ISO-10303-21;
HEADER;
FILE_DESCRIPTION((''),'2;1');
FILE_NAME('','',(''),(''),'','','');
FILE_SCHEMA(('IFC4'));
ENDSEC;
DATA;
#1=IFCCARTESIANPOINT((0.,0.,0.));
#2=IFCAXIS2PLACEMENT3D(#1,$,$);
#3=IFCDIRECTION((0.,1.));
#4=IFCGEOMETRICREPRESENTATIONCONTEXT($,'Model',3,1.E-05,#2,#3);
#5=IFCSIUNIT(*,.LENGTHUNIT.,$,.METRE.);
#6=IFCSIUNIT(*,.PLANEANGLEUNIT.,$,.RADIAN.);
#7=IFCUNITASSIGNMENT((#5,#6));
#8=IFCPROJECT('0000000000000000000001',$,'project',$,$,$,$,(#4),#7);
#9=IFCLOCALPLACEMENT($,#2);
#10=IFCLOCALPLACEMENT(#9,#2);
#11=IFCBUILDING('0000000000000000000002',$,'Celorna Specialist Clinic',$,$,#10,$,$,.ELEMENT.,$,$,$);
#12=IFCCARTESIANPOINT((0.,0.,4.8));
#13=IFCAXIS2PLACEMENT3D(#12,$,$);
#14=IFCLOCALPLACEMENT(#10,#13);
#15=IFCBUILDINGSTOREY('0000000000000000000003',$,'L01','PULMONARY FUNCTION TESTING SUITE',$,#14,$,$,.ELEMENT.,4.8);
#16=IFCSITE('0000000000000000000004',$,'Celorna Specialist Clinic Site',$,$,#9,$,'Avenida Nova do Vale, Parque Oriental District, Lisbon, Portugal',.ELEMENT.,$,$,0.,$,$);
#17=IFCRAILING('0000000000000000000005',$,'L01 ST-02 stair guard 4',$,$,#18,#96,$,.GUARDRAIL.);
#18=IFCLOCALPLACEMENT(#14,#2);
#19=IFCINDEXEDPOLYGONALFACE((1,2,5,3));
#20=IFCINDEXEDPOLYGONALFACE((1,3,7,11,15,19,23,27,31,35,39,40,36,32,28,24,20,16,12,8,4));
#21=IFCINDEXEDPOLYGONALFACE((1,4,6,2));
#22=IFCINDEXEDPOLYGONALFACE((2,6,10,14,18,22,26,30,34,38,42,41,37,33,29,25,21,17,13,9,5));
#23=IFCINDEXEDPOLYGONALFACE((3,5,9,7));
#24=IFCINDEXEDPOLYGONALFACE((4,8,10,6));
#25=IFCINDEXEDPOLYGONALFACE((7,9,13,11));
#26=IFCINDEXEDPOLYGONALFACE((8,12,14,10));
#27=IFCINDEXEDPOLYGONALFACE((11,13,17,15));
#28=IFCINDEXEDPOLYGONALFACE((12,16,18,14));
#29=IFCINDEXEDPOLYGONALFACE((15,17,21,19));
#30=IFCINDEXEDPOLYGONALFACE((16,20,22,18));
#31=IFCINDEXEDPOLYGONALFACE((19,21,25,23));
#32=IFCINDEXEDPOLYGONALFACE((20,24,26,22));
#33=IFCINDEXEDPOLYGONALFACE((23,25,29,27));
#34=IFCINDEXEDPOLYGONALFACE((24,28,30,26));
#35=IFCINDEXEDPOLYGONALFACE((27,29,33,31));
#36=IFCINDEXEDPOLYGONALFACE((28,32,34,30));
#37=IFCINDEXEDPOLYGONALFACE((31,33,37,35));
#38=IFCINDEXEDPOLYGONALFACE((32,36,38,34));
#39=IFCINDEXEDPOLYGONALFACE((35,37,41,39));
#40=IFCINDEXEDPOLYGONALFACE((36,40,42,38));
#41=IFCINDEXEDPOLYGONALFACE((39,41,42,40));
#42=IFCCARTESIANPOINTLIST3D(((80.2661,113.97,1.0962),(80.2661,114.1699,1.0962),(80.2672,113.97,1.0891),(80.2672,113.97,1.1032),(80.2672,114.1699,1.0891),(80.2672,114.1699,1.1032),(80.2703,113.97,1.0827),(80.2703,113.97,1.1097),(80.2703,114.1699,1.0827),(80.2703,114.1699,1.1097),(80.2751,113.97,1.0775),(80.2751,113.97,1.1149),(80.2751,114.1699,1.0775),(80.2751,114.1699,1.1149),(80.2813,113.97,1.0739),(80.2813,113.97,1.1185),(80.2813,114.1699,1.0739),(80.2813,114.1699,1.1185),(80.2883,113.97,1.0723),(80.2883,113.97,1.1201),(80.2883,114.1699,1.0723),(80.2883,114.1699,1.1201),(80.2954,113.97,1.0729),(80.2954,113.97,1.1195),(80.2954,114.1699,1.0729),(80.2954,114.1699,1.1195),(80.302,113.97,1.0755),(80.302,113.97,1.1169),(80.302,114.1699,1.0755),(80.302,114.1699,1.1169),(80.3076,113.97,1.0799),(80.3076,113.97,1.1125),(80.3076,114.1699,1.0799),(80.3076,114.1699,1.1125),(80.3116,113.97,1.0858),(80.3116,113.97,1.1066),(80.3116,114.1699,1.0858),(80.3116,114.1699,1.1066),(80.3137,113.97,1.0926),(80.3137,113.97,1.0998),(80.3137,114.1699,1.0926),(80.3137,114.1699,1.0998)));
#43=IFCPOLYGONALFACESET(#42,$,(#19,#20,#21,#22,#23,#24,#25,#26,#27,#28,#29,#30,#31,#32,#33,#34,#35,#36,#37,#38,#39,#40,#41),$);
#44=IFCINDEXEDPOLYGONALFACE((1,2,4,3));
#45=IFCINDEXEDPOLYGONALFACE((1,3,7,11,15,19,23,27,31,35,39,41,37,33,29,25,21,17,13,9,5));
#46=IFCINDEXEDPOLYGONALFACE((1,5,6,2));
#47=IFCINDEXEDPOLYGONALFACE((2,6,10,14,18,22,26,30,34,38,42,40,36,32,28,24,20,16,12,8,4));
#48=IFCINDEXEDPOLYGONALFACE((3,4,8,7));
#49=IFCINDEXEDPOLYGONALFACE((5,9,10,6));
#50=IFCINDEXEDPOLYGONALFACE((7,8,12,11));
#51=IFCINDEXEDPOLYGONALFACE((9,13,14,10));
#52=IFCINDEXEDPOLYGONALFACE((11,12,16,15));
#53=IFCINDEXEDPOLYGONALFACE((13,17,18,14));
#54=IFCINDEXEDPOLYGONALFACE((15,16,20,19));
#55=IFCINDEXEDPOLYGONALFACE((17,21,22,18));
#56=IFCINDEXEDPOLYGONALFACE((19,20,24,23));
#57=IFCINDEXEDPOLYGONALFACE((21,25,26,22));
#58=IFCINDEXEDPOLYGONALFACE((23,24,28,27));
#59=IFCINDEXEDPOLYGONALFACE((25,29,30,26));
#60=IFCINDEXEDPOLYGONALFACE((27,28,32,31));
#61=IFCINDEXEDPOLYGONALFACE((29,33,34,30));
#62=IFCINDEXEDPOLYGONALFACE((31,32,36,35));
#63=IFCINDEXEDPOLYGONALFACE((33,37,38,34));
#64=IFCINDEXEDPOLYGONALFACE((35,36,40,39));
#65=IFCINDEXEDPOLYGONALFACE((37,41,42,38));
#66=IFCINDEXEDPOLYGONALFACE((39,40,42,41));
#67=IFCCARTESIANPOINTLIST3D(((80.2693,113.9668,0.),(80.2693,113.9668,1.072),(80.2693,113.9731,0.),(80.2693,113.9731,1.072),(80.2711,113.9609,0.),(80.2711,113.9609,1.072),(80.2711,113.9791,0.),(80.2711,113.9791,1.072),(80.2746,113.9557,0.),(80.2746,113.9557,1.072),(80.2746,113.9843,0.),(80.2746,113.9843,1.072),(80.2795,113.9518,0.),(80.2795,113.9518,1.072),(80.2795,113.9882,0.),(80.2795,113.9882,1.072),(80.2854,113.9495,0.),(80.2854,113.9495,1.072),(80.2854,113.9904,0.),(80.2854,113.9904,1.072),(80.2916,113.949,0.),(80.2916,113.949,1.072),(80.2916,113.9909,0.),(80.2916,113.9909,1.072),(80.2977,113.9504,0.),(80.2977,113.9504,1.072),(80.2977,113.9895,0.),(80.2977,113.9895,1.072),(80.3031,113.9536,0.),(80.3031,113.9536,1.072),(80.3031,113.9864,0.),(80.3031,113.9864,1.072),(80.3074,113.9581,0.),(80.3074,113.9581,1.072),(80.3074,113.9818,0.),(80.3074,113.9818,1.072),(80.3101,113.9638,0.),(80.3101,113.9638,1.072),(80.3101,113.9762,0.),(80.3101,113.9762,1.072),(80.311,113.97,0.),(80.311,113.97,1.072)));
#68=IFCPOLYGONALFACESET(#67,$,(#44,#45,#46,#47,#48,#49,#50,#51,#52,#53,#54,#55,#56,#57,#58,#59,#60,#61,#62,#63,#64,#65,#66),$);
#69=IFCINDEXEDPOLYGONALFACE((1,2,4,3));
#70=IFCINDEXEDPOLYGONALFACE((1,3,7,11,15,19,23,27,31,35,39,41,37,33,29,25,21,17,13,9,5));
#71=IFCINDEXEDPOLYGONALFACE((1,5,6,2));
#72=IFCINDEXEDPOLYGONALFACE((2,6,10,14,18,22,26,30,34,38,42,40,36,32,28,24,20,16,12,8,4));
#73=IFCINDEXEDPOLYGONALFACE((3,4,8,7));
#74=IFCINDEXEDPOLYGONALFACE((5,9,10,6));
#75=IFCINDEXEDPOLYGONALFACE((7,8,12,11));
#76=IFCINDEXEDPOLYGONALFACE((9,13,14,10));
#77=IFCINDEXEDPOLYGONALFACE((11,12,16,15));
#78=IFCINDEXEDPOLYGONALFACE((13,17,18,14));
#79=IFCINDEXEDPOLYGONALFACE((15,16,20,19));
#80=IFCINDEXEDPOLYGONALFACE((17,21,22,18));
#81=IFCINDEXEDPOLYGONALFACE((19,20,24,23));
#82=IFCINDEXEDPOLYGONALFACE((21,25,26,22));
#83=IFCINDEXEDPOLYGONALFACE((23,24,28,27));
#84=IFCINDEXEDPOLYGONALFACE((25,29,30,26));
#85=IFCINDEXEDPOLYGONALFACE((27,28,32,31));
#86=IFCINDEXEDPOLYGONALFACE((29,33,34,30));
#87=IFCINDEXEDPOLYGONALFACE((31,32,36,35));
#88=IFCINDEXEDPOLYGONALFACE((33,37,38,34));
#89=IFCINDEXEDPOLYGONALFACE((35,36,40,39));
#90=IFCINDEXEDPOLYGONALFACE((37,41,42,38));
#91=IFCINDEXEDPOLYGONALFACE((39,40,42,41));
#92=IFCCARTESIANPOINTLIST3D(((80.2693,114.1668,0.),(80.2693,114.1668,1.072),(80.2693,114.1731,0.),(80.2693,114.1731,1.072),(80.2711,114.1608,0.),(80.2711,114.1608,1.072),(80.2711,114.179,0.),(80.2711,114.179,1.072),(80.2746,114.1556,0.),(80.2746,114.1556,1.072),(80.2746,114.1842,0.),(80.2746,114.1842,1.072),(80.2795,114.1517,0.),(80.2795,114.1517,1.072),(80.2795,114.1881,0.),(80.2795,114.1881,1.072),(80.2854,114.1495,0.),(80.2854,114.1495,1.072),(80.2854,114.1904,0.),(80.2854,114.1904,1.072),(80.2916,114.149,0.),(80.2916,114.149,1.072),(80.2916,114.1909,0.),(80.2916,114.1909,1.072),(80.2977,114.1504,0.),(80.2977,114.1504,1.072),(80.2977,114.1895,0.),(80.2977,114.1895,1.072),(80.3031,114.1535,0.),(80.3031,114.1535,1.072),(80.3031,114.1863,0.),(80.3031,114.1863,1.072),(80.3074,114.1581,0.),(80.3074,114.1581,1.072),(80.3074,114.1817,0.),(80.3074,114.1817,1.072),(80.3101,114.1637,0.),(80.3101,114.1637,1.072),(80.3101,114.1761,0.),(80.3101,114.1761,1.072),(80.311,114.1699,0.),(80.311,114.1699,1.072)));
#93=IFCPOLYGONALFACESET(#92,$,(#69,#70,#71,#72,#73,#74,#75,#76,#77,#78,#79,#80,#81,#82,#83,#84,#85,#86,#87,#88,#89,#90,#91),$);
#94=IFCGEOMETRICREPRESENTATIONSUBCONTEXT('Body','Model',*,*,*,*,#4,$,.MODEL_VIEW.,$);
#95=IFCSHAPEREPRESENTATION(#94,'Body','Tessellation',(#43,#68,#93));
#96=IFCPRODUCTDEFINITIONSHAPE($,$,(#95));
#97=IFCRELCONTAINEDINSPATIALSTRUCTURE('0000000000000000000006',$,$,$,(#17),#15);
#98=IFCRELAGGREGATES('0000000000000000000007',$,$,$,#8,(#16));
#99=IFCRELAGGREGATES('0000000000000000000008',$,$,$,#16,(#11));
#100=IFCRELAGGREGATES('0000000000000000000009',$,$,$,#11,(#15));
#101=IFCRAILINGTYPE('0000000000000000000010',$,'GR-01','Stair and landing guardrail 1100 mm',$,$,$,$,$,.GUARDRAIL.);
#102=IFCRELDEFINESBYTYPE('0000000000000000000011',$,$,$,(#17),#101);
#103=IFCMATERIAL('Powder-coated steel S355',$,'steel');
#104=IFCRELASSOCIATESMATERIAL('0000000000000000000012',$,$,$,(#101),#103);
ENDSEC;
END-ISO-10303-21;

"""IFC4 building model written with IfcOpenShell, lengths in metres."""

from ifc_helpers import new_model, si_unit, direction, frame, origin, origin_2d, place, context, subcontext, project, spatial, circle, extrude, material, type_object, element, save


model = new_model("IFC4")

# Units and contexts
model_context = context("Model", 3, precision=1e-05, world=origin(), true_north=direction((0.0, 1.0)))
body_context = subcontext(model_context, "Body", "Model", "MODEL_VIEW")
ifc_project = project(units=[si_unit("LENGTHUNIT", "METRE"), si_unit("PLANEANGLEUNIT", "RADIAN")], contexts=[model_context])

# Site, building, storey
site_placement = place(None, origin())
site = spatial("IfcSite", under=ifc_project, at=site_placement, Name="Celorna Specialist Clinic Site", LongName="Avenida Nova do Vale, Parque Oriental District, Lisbon, Portugal", CompositionType="ELEMENT", RefElevation=0.0)
building_placement = place(site_placement, origin())
building = spatial("IfcBuilding", under=site, at=building_placement, Name="Celorna Specialist Clinic", CompositionType="ELEMENT")
storey_placement = place(building_placement, frame((0.0, 0.0, 4.8)))
storey = spatial("IfcBuildingStorey", under=building, at=storey_placement, Name="L01", Description="PULMONARY FUNCTION TESTING SUITE", CompositionType="ELEMENT", Elevation=4.8)

# Railing
ifc_material_1 = material(Name="Powder-coated steel S355", Category="steel")
railing_type_1 = type_object("IfcRailingType", Name="GR-01", Description="Stair and landing guardrail 1100 mm", PredefinedType="GUARDRAIL", material=ifc_material_1)
railing_1_placement = place(storey_placement, frame((80.29, 113.97, 0.0)))
element("IfcRailing", 1, at=railing_1_placement, inside=storey, type_object=railing_type_1, Name="L01 ST-02 stair guard 4", PredefinedType="GUARDRAIL", context=body_context, shape_type="SweptSolid", body=[
    extrude(circle(Radius=0.0239, at=origin_2d()), frame((0.0, 0.0, 1.0962), z_axis=(0.0, 1.0, 0.0), x_axis=(-1.0, 0.0, 0.0)), (0.0, 0.0, 1.0), 0.2),
    extrude(circle(Radius=0.021, at=origin_2d()), origin(), (0.0, 0.0, 1.0), 1.072),
    extrude(circle(Radius=0.021, at=origin_2d()), frame((0.0, 0.2, 0.0)), (0.0, 0.0, 1.0), 1.072),
])

save(model, "model.ifc")
